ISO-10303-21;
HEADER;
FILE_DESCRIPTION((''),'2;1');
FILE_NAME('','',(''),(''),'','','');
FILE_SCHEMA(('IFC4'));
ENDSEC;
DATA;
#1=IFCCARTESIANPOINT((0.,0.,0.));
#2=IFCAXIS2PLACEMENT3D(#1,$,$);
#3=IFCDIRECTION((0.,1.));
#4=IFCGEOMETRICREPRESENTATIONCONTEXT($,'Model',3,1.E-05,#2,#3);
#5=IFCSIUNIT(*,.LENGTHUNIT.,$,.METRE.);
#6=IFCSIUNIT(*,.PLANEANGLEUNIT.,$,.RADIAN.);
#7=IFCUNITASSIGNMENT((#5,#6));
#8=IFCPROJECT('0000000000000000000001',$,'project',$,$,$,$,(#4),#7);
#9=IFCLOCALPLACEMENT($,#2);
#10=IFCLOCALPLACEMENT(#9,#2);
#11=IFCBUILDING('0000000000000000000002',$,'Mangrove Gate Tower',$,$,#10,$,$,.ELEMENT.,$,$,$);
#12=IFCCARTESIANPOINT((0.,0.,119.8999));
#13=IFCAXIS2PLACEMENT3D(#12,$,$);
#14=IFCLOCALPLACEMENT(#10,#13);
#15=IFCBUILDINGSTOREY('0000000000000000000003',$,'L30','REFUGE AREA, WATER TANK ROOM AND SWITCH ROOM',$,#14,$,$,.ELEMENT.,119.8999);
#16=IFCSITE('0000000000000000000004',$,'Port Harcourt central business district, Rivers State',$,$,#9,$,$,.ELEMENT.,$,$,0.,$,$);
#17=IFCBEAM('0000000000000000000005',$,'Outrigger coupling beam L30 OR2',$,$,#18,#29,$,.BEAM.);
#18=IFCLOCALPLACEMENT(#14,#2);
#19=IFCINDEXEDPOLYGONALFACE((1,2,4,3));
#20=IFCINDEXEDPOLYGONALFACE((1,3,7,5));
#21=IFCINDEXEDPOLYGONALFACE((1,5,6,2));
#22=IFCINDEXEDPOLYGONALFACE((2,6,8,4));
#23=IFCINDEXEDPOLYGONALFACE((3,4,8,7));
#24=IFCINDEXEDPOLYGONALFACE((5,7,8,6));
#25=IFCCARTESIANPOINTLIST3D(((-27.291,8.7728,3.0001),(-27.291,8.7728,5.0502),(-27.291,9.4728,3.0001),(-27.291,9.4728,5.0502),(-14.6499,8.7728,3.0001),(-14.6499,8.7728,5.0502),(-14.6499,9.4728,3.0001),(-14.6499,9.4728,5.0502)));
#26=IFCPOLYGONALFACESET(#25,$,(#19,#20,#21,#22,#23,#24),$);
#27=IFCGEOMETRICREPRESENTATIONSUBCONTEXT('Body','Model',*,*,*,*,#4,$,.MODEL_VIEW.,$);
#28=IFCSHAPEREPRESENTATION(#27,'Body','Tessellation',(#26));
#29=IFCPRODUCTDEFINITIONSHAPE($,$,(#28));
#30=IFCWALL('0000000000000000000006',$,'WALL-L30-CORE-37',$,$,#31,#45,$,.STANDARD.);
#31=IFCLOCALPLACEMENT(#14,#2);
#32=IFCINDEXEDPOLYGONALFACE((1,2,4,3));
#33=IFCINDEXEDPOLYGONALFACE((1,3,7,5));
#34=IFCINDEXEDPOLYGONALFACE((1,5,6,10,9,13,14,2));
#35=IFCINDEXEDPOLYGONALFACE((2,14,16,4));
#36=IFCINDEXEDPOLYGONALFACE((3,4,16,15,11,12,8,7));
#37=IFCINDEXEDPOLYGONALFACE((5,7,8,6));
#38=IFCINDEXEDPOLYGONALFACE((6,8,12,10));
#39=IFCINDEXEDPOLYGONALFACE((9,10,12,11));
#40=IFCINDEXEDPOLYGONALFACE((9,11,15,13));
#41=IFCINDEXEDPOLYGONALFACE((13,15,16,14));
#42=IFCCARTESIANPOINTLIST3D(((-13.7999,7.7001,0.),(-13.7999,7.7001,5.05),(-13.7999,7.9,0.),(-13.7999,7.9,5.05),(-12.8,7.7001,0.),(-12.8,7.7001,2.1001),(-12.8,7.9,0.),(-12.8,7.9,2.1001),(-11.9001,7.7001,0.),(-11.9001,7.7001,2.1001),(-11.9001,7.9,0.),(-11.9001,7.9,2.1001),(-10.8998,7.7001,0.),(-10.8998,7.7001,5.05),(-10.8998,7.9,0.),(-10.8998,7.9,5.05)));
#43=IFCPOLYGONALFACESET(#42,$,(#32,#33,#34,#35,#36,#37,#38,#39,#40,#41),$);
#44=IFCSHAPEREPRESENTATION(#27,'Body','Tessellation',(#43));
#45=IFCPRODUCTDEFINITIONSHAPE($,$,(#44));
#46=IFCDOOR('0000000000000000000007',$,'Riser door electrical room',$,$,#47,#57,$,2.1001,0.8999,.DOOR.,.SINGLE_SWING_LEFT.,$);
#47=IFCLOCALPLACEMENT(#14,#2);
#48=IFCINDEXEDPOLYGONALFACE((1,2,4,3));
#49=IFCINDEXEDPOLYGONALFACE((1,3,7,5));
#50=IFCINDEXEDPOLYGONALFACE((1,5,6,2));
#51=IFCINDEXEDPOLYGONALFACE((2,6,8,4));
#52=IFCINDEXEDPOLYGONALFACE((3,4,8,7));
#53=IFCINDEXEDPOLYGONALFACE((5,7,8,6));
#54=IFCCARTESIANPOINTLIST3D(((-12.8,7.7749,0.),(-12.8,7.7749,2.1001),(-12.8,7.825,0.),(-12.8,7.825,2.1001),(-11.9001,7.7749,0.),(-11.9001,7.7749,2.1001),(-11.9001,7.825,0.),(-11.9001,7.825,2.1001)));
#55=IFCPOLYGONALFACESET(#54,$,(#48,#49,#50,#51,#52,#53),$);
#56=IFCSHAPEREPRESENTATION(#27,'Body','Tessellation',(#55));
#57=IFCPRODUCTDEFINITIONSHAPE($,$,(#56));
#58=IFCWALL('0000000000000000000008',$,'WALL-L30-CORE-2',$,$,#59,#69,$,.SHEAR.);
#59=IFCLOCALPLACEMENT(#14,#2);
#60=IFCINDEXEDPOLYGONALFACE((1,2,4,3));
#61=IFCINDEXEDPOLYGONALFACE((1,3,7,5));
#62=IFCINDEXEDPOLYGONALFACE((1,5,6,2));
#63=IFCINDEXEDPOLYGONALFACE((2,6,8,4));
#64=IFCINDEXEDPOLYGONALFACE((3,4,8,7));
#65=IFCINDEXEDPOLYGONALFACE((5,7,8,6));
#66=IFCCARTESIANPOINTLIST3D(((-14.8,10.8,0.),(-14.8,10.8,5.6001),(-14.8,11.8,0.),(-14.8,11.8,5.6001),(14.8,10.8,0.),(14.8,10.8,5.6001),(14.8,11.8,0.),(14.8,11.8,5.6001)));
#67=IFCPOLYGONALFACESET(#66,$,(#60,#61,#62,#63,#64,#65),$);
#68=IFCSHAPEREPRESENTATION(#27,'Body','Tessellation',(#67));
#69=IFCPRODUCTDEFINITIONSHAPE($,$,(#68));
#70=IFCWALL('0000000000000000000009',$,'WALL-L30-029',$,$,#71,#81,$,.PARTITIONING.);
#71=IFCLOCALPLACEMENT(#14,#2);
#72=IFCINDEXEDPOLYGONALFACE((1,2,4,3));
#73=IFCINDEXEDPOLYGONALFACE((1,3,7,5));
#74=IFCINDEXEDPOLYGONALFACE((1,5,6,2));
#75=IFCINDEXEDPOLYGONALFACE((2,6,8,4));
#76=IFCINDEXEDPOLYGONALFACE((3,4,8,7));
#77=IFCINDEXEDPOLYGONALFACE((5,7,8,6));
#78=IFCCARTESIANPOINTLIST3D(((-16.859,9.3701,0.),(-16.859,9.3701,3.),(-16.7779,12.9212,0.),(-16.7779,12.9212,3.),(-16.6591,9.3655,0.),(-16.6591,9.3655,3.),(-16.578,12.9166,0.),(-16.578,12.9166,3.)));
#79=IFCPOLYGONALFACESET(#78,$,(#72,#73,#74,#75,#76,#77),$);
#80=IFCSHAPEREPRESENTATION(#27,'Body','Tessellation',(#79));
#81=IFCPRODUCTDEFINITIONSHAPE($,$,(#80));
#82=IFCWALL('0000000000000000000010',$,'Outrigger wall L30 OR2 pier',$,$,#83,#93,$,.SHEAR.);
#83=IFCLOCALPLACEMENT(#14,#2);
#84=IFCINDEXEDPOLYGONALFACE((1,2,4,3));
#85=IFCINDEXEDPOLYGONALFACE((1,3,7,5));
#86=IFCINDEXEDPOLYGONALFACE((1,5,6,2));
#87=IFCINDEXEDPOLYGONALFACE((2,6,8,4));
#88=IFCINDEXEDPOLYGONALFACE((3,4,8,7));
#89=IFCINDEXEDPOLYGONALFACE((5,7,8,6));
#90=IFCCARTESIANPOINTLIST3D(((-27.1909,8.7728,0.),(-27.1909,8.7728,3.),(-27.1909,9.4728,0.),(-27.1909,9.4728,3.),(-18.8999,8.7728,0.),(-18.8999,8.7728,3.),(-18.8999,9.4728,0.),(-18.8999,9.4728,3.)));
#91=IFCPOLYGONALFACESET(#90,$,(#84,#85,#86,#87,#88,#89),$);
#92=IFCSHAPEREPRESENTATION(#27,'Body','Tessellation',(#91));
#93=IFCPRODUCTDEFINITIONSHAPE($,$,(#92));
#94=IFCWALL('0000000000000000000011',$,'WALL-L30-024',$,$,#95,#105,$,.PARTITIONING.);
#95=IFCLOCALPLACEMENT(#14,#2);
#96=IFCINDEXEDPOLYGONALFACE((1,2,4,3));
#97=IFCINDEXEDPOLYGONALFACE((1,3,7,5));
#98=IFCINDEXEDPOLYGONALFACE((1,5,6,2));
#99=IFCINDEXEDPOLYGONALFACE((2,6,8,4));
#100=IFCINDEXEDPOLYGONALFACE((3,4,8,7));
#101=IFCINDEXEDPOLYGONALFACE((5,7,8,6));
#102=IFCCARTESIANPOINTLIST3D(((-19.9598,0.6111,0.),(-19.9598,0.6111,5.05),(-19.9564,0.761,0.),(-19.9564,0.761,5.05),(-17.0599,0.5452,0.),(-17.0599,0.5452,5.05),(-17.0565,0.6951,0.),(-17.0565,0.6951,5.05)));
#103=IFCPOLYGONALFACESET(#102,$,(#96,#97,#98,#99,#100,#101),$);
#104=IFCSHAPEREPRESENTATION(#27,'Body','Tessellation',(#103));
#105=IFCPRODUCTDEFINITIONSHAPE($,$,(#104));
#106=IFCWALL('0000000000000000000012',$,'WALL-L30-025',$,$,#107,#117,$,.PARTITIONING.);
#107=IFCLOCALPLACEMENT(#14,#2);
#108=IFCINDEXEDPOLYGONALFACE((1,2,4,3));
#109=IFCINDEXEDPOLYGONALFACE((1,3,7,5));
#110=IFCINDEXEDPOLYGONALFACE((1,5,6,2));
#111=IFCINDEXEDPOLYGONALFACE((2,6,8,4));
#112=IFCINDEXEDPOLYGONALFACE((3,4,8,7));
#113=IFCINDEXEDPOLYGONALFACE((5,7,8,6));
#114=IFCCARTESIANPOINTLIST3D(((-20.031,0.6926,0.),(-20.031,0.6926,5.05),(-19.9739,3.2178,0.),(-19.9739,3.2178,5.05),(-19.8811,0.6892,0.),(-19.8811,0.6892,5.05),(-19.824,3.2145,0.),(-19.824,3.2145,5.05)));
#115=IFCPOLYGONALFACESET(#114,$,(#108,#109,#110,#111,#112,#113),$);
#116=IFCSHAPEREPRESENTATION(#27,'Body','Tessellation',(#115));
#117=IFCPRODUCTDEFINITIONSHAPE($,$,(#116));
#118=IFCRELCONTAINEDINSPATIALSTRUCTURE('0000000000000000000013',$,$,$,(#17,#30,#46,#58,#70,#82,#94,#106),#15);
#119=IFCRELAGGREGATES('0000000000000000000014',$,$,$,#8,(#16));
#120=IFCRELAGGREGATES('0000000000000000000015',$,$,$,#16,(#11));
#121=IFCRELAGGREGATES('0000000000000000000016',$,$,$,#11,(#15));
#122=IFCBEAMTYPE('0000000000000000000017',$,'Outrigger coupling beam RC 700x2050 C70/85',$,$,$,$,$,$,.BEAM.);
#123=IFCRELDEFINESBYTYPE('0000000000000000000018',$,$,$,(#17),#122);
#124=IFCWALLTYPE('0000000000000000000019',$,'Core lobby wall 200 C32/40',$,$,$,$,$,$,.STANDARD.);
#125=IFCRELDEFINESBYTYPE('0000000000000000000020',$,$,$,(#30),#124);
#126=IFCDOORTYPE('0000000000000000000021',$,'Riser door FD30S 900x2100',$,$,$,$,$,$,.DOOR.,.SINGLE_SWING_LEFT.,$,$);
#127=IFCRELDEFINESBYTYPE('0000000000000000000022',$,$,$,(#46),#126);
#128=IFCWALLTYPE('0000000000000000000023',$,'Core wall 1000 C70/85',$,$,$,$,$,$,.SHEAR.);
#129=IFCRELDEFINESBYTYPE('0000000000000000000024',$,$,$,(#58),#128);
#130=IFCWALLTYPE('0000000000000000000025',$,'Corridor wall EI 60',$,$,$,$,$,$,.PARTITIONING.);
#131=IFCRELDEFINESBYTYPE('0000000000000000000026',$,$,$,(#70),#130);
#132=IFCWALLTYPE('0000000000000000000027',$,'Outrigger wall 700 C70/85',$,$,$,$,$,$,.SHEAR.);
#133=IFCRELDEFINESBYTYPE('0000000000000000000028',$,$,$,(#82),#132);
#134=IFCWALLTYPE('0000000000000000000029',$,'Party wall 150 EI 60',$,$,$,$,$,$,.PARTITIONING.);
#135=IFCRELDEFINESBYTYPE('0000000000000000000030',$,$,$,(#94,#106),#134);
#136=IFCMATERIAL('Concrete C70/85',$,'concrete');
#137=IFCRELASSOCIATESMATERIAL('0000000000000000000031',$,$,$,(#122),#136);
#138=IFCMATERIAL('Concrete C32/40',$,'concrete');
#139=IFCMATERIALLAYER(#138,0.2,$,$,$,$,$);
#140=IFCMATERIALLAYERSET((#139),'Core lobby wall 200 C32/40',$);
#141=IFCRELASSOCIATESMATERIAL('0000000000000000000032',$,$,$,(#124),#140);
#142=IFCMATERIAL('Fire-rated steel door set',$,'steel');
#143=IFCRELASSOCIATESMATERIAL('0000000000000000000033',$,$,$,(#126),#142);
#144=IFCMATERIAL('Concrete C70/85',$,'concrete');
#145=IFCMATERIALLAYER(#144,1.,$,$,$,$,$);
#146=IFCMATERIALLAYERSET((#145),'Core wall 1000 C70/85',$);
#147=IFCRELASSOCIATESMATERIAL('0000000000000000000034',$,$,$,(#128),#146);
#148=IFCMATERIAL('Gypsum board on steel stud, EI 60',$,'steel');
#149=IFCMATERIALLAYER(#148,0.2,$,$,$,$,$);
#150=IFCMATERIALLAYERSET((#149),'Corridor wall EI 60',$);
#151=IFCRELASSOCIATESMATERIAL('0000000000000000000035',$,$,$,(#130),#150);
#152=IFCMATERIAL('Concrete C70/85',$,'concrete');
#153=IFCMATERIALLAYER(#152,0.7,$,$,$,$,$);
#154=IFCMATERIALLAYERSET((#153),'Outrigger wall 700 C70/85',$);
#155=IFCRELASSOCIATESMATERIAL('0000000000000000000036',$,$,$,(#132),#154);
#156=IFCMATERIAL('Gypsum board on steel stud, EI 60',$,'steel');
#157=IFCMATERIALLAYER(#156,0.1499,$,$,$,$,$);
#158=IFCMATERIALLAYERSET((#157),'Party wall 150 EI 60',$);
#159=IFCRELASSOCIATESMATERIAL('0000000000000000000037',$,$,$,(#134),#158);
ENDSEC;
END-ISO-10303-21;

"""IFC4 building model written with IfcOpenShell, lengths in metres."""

from ifc_helpers import new_model, si_unit, direction, frame, frame_2d, origin, origin_2d, place, context, subcontext, project, spatial, rectangle, extrude, material, layer, layer_set, material_profile, profile_set, type_object, element, fill, save


model = new_model("IFC4")

# Units and contexts
model_context = context("Model", 3, precision=1e-05, world=origin(), true_north=direction((0.0, 1.0)))
body_context = subcontext(model_context, "Body", "Model", "MODEL_VIEW")
ifc_project = project(units=[si_unit("LENGTHUNIT", "METRE"), si_unit("PLANEANGLEUNIT", "RADIAN")], contexts=[model_context])

# Site, building, storey
site_placement = place(None, origin())
site = spatial("IfcSite", under=ifc_project, at=site_placement, Name="Port Harcourt central business district, Rivers State", CompositionType="ELEMENT", RefElevation=0.0)
building_placement = place(site_placement, origin())
building = spatial("IfcBuilding", under=site, at=building_placement, Name="Mangrove Gate Tower", CompositionType="ELEMENT")
storey_placement = place(building_placement, frame((0.0, 0.0, 119.8999)))
storey = spatial("IfcBuildingStorey", under=building, at=storey_placement, Name="L30", Description="REFUGE AREA, WATER TANK ROOM AND SWITCH ROOM", CompositionType="ELEMENT", Elevation=119.8999)

# Beam
ifc_material_1 = material(Name="Concrete C70/85", Category="concrete")
ifc_material_profile = material_profile(ifc_material_1, rectangle(XDim=0.7, YDim=2.05, at=origin_2d()))
ifc_profile_set = profile_set([ifc_material_profile], Name="Concrete C70/85")
beam_type = type_object("IfcBeamType", Name="Outrigger coupling beam RC 700x2050 C70/85", PredefinedType="BEAM", material=ifc_profile_set)
beam_placement = place(storey_placement, frame((-14.6499, 9.1228, 4.0251), z_axis=(-1.0, 0.0, 0.0), x_axis=(0.0, -1.0, 0.0)))
element("IfcBeam", 1, at=beam_placement, inside=storey, type_object=beam_type, Name="Outrigger coupling beam L30 OR2", PredefinedType="BEAM", context=body_context, shape_type="SweptSolid", body=[
    extrude(rectangle(XDim=0.7, YDim=2.05, at=origin_2d()), origin(), (0.0, 0.0, 1.0), 12.6411),
])

# Wall, opening, door
ifc_material_2 = material(Name="Concrete C32/40", Category="concrete")
ifc_layer_1 = layer(ifc_material_2, 0.2)
ifc_layer_set_1 = layer_set([ifc_layer_1], Name="Core lobby wall 200 C32/40")
wall_type_1 = type_object("IfcWallType", Name="Core lobby wall 200 C32/40", PredefinedType="STANDARD", material=ifc_layer_set_1)
wall_1_placement = place(storey_placement, frame((-13.8, 7.8, 0.0), z_axis=(0.0, 0.0, 1.0), x_axis=(1.0, 0.0, 0.0)))
wall_1 = element("IfcWall", 2, at=wall_1_placement, inside=storey, type_object=wall_type_1, Name="WALL-L30-CORE-37", PredefinedType="STANDARD", context=body_context, shape_type="SweptSolid", body=[
    extrude(rectangle(XDim=2.9001, YDim=0.2, at=frame_2d((1.4502, 0.0))), origin(), (0.0, 0.0, 1.0), 5.05),
])
opening_placement = place(wall_1_placement, frame((1.0, 0.0, 0.0)))
opening = element("IfcOpeningElement", 3, at=opening_placement, cuts=wall_1, PredefinedType="OPENING", context=body_context, shape_type="SweptSolid", body=[
    extrude(rectangle(XDim=0.8999, YDim=2.1001, at=frame_2d((0.45, 1.05))), frame((0.0, 0.1099, 0.0), z_axis=(0.0, -1.0, 0.0), x_axis=(1.0, 0.0, 0.0)), (0.0, 0.0, 1.0), 0.22),
])
ifc_material_3 = material(Name="Fire-rated steel door set", Category="steel")
door_type = type_object("IfcDoorType", Name="Riser door FD30S 900x2100", OperationType="SINGLE_SWING_LEFT", PredefinedType="DOOR", material=ifc_material_3)
door_placement = place(opening_placement, origin())
door = element("IfcDoor", 4, at=door_placement, inside=storey, type_object=door_type, Name="Riser door electrical room", OperationType="SINGLE_SWING_LEFT", OverallHeight=2.1001, OverallWidth=0.8999, PredefinedType="DOOR", context=body_context, shape_type="SweptSolid", body=[
    extrude(rectangle(XDim=0.8999, YDim=2.1001, at=frame_2d((0.45, 1.05))), frame((0.0, 0.0249, 0.0), z_axis=(0.0, -1.0, 0.0), x_axis=(1.0, 0.0, 0.0)), (0.0, 0.0, 1.0), 0.05),
])
fill(opening, door)

# Walls
ifc_material_4 = material(Name="Concrete C70/85", Category="concrete")
ifc_layer_2 = layer(ifc_material_4, 1.0)
ifc_layer_set_2 = layer_set([ifc_layer_2], Name="Core wall 1000 C70/85")
wall_type_2 = type_object("IfcWallType", Name="Core wall 1000 C70/85", PredefinedType="SHEAR", material=ifc_layer_set_2)
wall_2_placement = place(storey_placement, frame((-14.8, 11.3, 0.0), z_axis=(0.0, 0.0, 1.0), x_axis=(1.0, 0.0, 0.0)))
element("IfcWall", 5, at=wall_2_placement, inside=storey, type_object=wall_type_2, Name="WALL-L30-CORE-2", PredefinedType="SHEAR", context=body_context, shape_type="SweptSolid", body=[
    extrude(rectangle(XDim=29.6001, YDim=1.0, at=frame_2d((14.8, 0.0))), origin(), (0.0, 0.0, 1.0), 5.6001),
])
ifc_material_5 = material(Name="Gypsum board on steel stud, EI 60", Category="steel")
ifc_layer_3 = layer(ifc_material_5, 0.2)
ifc_layer_set_3 = layer_set([ifc_layer_3], Name="Corridor wall EI 60")
wall_type_3 = type_object("IfcWallType", Name="Corridor wall EI 60", PredefinedType="PARTITIONING", material=ifc_layer_set_3)
wall_3_placement = place(storey_placement, frame((-16.759, 9.3679, 0.0), z_axis=(0.0, 0.0, 1.0), x_axis=(0.02282, 0.99974, 0.0)))
element("IfcWall", 6, at=wall_3_placement, inside=storey, type_object=wall_type_3, Name="WALL-L30-029", PredefinedType="PARTITIONING", context=body_context, shape_type="SweptSolid", body=[
    extrude(rectangle(XDim=3.552, YDim=0.2, at=frame_2d((1.7759, 0.0))), origin(), (0.0, 0.0, 1.0), 3.0),
])
ifc_material_6 = material(Name="Concrete C70/85", Category="concrete")
ifc_layer_4 = layer(ifc_material_6, 0.7)
ifc_layer_set_4 = layer_set([ifc_layer_4], Name="Outrigger wall 700 C70/85")
wall_type_4 = type_object("IfcWallType", Name="Outrigger wall 700 C70/85", PredefinedType="SHEAR", material=ifc_layer_set_4)
wall_4_placement = place(storey_placement, frame((-18.8999, 9.1228, 0.0), z_axis=(0.0, 0.0, 1.0), x_axis=(-1.0, 0.0, 0.0)))
element("IfcWall", 7, at=wall_4_placement, inside=storey, type_object=wall_type_4, Name="Outrigger wall L30 OR2 pier", PredefinedType="SHEAR", context=body_context, shape_type="SweptSolid", body=[
    extrude(rectangle(XDim=8.291, YDim=0.7, at=frame_2d((4.1455, 0.0))), origin(), (0.0, 0.0, 1.0), 3.0),
])
ifc_material_7 = material(Name="Gypsum board on steel stud, EI 60", Category="steel")
ifc_layer_5 = layer(ifc_material_7, 0.1499)
ifc_layer_set_5 = layer_set([ifc_layer_5], Name="Party wall 150 EI 60")
wall_type_5 = type_object("IfcWallType", Name="Party wall 150 EI 60", PredefinedType="PARTITIONING", material=ifc_layer_set_5)
wall_5_placement = place(storey_placement, frame((-19.958, 0.686, 0.0), z_axis=(0.0, 0.0, 1.0), x_axis=(0.999742, -0.022725, 0.0)))
element("IfcWall", 8, at=wall_5_placement, inside=storey, type_object=wall_type_5, Name="WALL-L30-024", PredefinedType="PARTITIONING", context=body_context, shape_type="SweptSolid", body=[
    extrude(rectangle(XDim=2.9006, YDim=0.1499, at=frame_2d((1.4502, 0.0))), origin(), (0.0, 0.0, 1.0), 5.05),
])
wall_6_placement = place(storey_placement, frame((-19.9561, 0.6909, 0.0), z_axis=(0.0, 0.0, 1.0), x_axis=(0.022618, 0.999744, 0.0)))
element("IfcWall", 9, at=wall_6_placement, inside=storey, type_object=wall_type_5, Name="WALL-L30-025", PredefinedType="PARTITIONING", context=body_context, shape_type="SweptSolid", body=[
    extrude(rectangle(XDim=2.5259, YDim=0.1499, at=frame_2d((1.2629, 0.0))), origin(), (0.0, 0.0, 1.0), 5.05),
])

save(model, "model.ifc")
